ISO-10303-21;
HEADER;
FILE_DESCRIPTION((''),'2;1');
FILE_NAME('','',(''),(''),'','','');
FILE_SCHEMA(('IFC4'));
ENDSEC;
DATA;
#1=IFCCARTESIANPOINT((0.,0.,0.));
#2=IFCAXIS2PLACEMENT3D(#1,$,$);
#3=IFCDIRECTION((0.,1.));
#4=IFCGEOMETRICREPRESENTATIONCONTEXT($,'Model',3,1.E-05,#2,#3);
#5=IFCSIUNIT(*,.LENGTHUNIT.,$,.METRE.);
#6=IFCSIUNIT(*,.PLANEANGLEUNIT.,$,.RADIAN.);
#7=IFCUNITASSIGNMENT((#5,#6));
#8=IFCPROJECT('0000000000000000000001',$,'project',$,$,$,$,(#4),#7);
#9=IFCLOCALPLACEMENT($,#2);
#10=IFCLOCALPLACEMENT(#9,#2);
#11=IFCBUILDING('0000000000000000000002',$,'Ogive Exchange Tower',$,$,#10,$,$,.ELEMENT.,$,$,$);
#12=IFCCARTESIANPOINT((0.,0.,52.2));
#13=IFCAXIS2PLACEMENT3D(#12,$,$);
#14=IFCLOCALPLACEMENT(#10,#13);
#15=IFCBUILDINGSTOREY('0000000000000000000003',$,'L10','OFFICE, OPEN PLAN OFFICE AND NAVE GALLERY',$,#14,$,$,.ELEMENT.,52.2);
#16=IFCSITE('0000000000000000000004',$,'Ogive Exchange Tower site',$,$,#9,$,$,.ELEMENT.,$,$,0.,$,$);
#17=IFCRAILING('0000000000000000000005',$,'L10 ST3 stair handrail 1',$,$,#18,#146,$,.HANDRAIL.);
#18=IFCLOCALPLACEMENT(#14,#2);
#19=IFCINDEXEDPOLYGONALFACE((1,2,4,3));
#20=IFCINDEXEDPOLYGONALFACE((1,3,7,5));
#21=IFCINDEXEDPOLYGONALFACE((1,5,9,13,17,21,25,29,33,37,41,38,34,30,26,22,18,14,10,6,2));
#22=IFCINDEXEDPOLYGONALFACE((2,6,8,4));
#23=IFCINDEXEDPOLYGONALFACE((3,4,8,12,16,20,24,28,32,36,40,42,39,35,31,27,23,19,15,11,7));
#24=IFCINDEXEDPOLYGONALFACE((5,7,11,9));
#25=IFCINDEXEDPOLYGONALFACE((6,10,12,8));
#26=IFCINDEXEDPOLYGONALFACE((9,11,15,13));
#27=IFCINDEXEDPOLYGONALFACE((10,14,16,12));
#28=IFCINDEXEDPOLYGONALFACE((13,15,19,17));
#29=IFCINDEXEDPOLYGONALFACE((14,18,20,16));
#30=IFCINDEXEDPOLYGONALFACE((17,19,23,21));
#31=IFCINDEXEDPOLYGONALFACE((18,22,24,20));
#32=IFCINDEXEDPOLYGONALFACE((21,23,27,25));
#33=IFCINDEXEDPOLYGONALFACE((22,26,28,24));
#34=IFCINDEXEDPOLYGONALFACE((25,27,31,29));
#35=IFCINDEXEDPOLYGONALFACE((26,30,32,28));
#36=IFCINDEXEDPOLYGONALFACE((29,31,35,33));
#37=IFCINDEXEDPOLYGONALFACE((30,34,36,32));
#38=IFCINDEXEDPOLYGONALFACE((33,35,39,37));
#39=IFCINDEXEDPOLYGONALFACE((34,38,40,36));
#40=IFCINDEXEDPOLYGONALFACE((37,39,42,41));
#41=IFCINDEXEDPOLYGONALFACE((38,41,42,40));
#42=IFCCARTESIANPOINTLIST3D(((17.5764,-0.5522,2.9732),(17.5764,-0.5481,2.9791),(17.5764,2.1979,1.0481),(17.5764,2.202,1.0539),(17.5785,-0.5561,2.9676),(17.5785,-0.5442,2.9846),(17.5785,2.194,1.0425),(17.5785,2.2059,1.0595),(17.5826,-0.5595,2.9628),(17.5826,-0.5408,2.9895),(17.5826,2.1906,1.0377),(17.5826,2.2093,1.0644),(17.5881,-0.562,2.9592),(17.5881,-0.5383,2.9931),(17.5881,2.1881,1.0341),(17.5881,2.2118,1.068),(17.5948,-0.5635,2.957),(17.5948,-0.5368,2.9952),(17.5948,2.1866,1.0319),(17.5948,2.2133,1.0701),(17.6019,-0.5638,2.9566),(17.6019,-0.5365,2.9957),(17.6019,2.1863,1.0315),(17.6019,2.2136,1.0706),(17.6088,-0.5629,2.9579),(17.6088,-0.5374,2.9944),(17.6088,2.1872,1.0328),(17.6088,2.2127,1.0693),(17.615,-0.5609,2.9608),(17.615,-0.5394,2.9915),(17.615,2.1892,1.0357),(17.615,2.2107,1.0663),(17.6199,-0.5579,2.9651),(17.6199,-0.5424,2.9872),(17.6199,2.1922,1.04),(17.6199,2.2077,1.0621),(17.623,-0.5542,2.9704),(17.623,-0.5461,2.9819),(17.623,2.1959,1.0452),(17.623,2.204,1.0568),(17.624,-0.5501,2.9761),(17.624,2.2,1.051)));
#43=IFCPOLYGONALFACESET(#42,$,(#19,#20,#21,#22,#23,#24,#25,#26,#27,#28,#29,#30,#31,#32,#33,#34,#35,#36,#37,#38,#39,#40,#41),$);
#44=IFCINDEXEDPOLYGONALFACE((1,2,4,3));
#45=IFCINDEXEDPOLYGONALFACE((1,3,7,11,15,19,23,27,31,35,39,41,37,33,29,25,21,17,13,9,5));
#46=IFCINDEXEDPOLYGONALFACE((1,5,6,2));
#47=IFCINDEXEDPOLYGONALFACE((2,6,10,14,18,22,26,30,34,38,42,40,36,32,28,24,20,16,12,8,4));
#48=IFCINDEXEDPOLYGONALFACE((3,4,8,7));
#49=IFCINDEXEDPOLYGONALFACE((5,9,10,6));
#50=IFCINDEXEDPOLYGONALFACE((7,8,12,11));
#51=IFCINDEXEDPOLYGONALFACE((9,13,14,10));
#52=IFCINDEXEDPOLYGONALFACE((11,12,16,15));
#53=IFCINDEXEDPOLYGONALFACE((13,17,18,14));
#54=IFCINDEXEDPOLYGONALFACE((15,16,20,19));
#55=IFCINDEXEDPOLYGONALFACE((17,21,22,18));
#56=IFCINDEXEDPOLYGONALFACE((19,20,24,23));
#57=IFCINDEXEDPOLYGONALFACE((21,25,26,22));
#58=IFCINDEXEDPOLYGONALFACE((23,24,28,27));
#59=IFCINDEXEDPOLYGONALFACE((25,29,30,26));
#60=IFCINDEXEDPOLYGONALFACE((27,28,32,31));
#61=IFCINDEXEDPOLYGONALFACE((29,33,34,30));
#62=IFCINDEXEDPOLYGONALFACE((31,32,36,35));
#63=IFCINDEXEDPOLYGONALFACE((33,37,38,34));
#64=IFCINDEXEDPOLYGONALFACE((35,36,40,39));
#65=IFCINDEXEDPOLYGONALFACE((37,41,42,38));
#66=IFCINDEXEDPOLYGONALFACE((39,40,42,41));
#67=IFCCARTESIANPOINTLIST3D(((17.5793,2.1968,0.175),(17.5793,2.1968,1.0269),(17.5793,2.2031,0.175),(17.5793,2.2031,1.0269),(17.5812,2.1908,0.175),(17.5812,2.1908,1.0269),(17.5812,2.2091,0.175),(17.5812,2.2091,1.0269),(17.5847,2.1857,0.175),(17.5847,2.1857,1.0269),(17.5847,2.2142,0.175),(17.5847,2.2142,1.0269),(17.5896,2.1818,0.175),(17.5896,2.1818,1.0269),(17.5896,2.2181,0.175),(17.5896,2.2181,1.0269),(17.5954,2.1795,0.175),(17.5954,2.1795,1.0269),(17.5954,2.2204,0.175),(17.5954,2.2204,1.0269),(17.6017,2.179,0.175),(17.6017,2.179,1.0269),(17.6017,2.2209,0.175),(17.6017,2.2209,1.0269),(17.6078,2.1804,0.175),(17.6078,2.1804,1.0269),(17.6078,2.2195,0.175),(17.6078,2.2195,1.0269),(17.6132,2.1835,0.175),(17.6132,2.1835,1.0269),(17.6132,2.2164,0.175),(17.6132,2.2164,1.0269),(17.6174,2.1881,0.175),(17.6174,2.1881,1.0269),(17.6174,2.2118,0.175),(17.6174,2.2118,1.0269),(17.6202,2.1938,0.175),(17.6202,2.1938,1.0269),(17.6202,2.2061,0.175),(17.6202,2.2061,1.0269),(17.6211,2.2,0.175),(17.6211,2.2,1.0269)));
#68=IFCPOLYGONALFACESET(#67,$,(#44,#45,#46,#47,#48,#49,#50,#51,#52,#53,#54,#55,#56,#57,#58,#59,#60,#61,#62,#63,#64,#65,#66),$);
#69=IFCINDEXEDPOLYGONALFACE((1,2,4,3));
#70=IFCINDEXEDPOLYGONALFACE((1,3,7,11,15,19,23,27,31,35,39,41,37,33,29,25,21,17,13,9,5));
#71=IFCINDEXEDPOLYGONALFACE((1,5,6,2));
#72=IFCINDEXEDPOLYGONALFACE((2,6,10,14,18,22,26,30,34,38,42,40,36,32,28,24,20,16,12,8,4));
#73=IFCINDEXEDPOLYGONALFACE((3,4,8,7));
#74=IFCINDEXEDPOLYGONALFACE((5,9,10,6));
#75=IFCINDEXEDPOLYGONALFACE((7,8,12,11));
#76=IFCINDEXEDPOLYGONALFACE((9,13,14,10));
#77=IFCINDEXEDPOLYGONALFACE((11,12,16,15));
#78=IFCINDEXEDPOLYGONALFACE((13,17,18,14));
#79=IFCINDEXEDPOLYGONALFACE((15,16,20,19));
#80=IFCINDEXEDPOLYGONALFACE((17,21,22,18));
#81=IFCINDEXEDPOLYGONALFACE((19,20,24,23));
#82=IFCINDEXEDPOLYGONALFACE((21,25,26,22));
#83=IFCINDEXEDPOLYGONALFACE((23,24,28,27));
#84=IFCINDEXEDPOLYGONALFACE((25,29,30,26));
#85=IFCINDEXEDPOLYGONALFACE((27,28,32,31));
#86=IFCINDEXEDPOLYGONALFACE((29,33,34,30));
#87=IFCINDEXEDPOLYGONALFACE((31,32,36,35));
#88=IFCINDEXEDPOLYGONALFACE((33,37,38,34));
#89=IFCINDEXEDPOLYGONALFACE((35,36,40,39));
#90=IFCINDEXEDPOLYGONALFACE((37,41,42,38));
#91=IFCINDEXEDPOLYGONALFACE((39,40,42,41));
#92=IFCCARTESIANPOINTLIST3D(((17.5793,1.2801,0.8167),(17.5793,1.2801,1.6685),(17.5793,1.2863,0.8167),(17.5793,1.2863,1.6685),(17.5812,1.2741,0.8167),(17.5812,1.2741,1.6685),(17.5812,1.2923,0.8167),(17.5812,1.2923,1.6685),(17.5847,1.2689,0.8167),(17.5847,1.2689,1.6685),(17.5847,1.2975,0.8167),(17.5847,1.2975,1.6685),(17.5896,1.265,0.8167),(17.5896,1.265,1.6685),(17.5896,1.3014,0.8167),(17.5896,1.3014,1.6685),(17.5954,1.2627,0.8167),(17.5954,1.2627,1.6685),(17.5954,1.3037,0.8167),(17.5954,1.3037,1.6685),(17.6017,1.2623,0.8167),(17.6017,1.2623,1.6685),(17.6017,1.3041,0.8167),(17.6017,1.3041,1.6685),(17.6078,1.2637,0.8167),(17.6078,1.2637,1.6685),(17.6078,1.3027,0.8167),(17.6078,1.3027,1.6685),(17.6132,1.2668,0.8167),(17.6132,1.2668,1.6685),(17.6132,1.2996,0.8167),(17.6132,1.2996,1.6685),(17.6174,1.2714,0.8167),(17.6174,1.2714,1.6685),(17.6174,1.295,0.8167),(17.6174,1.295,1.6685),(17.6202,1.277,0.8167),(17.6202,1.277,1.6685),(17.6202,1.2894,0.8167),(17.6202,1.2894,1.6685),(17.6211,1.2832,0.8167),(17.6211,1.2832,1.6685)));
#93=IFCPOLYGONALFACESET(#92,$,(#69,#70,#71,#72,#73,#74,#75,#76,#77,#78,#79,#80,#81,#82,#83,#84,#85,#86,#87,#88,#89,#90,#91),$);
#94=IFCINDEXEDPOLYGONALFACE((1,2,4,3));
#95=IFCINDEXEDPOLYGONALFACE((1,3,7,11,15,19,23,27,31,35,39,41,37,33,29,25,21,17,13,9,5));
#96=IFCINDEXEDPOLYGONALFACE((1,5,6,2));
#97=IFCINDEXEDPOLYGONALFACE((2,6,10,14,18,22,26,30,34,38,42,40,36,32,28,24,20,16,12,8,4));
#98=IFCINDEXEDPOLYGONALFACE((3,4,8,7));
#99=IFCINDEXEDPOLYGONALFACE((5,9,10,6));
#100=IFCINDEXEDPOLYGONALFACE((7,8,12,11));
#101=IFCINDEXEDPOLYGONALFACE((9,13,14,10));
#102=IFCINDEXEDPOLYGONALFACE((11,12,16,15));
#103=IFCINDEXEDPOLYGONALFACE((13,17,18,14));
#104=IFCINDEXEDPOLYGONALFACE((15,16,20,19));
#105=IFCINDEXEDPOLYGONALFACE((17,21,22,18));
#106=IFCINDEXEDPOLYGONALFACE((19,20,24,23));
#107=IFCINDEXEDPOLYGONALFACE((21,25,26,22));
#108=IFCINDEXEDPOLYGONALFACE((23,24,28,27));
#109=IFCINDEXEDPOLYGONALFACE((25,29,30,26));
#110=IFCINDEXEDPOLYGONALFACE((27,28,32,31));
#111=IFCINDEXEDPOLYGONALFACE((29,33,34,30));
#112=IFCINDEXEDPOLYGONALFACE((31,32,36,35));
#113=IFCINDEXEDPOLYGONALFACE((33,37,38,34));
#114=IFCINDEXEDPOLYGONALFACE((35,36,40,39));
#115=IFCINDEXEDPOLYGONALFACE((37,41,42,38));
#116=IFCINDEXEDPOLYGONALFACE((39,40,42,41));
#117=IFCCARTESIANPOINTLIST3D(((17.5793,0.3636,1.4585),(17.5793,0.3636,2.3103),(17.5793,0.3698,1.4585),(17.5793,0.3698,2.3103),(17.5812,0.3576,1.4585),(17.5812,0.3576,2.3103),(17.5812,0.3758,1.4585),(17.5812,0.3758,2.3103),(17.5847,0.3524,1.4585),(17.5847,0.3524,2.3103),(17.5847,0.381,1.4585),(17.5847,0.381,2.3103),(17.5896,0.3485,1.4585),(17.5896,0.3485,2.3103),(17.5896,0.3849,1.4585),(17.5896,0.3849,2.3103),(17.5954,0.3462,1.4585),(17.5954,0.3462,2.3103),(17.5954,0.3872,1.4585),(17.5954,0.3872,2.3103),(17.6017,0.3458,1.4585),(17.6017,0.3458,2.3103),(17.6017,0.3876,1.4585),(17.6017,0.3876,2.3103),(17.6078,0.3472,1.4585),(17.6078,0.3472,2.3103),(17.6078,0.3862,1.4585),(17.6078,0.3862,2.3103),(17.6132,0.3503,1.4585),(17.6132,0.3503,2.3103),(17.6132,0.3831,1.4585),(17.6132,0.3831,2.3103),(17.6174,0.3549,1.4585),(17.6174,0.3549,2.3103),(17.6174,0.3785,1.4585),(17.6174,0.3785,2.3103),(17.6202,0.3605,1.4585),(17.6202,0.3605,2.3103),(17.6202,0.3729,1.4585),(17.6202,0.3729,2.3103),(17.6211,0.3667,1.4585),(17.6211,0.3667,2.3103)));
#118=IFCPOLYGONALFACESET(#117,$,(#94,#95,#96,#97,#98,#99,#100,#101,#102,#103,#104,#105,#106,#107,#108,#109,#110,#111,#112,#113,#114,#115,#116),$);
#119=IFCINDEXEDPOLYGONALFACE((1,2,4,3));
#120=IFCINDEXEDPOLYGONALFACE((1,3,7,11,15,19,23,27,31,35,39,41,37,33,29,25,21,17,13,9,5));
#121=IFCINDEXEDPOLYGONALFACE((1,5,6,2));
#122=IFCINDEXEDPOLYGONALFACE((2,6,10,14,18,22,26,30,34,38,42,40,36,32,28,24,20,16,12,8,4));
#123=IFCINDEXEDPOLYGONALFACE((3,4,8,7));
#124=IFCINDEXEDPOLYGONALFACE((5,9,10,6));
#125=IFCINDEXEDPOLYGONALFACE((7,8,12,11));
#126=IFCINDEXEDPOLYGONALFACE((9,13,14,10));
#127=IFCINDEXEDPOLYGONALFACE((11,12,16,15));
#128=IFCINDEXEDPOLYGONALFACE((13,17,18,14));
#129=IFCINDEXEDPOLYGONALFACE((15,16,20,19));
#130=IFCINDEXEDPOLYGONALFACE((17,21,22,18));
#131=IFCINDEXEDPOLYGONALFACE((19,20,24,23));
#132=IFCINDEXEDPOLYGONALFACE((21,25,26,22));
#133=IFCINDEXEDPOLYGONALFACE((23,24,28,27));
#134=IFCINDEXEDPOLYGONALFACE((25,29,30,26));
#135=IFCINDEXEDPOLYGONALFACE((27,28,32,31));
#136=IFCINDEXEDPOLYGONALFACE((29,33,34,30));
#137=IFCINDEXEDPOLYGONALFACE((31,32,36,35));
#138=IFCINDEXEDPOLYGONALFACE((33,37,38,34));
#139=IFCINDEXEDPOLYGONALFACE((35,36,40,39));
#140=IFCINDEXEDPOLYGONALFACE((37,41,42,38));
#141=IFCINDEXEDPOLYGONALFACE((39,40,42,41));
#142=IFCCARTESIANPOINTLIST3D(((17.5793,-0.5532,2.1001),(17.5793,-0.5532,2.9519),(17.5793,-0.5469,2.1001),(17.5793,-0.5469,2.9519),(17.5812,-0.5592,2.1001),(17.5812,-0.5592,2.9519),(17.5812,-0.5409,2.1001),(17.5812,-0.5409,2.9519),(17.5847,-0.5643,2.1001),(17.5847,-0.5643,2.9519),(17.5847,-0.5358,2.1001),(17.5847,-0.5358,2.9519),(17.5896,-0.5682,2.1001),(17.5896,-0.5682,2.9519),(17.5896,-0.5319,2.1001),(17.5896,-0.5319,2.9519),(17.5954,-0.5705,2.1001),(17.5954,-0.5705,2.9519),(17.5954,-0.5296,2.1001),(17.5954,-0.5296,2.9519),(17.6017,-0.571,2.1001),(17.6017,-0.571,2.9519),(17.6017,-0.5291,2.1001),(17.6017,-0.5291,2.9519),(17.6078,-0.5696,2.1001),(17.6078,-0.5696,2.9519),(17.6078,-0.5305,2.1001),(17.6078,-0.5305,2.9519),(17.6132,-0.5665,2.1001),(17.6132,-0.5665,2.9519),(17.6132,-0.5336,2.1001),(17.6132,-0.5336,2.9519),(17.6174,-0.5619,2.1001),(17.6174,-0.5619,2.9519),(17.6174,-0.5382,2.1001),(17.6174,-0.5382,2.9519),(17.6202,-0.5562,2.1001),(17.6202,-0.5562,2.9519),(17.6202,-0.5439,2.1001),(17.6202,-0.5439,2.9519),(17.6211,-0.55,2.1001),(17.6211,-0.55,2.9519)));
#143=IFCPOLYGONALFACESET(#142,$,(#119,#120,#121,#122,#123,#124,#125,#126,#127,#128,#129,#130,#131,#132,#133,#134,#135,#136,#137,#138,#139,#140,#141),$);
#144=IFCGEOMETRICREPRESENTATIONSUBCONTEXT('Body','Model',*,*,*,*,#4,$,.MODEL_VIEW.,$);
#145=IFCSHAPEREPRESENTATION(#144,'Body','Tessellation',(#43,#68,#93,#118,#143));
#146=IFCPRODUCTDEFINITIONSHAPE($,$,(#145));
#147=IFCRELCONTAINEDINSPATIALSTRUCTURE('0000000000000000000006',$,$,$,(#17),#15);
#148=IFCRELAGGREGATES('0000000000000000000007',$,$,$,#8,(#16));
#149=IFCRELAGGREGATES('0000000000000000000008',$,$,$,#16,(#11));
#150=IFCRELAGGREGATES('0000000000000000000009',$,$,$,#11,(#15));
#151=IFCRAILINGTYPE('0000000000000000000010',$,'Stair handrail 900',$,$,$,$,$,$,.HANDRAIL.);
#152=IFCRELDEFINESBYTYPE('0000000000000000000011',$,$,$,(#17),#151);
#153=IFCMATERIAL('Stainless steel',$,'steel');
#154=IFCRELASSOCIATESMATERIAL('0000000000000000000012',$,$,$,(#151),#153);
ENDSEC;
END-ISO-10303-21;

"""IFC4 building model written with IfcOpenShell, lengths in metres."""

from ifc_helpers import new_model, si_unit, direction, frame, origin, origin_2d, place, context, subcontext, project, spatial, circle, extrude, material, type_object, element, save


model = new_model("IFC4")

# Units and contexts
model_context = context("Model", 3, precision=1e-05, world=origin(), true_north=direction((0.0, 1.0)))
body_context = subcontext(model_context, "Body", "Model", "MODEL_VIEW")
ifc_project = project(units=[si_unit("LENGTHUNIT", "METRE"), si_unit("PLANEANGLEUNIT", "RADIAN")], contexts=[model_context])

# Site, building, storey
site_placement = place(None, origin())
site = spatial("IfcSite", under=ifc_project, at=site_placement, Name="Ogive Exchange Tower site", CompositionType="ELEMENT", RefElevation=0.0)
building_placement = place(site_placement, origin())
building = spatial("IfcBuilding", under=site, at=building_placement, Name="Ogive Exchange Tower", CompositionType="ELEMENT")
storey_placement = place(building_placement, frame((0.0, 0.0, 52.2)))
storey = spatial("IfcBuildingStorey", under=building, at=storey_placement, Name="L10", Description="OFFICE, OPEN PLAN OFFICE AND NAVE GALLERY", CompositionType="ELEMENT", Elevation=52.2)

# Shared definitions
ifc_material_1 = material(Name="Stainless steel", Category="steel")

# Railing
railing_type = type_object("IfcRailingType", Name="Stair handrail 900", PredefinedType="HANDRAIL", material=ifc_material_1)
railing_placement = place(storey_placement, frame((17.6001, 2.2, 0.175)))
element("IfcRailing", 1, at=railing_placement, inside=storey, type_object=railing_type, Name="L10 ST3 stair handrail 1", PredefinedType="HANDRAIL", context=body_context, shape_type="SweptSolid", body=[
    extrude(circle(Radius=0.0239, at=origin_2d()), frame((0.0, 0.0, 0.876), z_axis=(0.0, -0.819225, 0.573472), x_axis=(1.0, 0.0, 0.0)), (0.0, 0.0, 1.0), 3.3569),
    extrude(circle(Radius=0.021, at=origin_2d()), origin(), (0.0, 0.0, 1.0), 0.8518),
    extrude(circle(Radius=0.021, at=origin_2d()), frame((0.0, -0.9167, 0.6416)), (0.0, 0.0, 1.0), 0.8518),
    extrude(circle(Radius=0.021, at=origin_2d()), frame((0.0, -1.8333, 1.2834)), (0.0, 0.0, 1.0), 0.8518),
    extrude(circle(Radius=0.021, at=origin_2d()), frame((0.0, -2.75, 1.925)), (0.0, 0.0, 1.0), 0.8518),
])

save(model, "model.ifc")
